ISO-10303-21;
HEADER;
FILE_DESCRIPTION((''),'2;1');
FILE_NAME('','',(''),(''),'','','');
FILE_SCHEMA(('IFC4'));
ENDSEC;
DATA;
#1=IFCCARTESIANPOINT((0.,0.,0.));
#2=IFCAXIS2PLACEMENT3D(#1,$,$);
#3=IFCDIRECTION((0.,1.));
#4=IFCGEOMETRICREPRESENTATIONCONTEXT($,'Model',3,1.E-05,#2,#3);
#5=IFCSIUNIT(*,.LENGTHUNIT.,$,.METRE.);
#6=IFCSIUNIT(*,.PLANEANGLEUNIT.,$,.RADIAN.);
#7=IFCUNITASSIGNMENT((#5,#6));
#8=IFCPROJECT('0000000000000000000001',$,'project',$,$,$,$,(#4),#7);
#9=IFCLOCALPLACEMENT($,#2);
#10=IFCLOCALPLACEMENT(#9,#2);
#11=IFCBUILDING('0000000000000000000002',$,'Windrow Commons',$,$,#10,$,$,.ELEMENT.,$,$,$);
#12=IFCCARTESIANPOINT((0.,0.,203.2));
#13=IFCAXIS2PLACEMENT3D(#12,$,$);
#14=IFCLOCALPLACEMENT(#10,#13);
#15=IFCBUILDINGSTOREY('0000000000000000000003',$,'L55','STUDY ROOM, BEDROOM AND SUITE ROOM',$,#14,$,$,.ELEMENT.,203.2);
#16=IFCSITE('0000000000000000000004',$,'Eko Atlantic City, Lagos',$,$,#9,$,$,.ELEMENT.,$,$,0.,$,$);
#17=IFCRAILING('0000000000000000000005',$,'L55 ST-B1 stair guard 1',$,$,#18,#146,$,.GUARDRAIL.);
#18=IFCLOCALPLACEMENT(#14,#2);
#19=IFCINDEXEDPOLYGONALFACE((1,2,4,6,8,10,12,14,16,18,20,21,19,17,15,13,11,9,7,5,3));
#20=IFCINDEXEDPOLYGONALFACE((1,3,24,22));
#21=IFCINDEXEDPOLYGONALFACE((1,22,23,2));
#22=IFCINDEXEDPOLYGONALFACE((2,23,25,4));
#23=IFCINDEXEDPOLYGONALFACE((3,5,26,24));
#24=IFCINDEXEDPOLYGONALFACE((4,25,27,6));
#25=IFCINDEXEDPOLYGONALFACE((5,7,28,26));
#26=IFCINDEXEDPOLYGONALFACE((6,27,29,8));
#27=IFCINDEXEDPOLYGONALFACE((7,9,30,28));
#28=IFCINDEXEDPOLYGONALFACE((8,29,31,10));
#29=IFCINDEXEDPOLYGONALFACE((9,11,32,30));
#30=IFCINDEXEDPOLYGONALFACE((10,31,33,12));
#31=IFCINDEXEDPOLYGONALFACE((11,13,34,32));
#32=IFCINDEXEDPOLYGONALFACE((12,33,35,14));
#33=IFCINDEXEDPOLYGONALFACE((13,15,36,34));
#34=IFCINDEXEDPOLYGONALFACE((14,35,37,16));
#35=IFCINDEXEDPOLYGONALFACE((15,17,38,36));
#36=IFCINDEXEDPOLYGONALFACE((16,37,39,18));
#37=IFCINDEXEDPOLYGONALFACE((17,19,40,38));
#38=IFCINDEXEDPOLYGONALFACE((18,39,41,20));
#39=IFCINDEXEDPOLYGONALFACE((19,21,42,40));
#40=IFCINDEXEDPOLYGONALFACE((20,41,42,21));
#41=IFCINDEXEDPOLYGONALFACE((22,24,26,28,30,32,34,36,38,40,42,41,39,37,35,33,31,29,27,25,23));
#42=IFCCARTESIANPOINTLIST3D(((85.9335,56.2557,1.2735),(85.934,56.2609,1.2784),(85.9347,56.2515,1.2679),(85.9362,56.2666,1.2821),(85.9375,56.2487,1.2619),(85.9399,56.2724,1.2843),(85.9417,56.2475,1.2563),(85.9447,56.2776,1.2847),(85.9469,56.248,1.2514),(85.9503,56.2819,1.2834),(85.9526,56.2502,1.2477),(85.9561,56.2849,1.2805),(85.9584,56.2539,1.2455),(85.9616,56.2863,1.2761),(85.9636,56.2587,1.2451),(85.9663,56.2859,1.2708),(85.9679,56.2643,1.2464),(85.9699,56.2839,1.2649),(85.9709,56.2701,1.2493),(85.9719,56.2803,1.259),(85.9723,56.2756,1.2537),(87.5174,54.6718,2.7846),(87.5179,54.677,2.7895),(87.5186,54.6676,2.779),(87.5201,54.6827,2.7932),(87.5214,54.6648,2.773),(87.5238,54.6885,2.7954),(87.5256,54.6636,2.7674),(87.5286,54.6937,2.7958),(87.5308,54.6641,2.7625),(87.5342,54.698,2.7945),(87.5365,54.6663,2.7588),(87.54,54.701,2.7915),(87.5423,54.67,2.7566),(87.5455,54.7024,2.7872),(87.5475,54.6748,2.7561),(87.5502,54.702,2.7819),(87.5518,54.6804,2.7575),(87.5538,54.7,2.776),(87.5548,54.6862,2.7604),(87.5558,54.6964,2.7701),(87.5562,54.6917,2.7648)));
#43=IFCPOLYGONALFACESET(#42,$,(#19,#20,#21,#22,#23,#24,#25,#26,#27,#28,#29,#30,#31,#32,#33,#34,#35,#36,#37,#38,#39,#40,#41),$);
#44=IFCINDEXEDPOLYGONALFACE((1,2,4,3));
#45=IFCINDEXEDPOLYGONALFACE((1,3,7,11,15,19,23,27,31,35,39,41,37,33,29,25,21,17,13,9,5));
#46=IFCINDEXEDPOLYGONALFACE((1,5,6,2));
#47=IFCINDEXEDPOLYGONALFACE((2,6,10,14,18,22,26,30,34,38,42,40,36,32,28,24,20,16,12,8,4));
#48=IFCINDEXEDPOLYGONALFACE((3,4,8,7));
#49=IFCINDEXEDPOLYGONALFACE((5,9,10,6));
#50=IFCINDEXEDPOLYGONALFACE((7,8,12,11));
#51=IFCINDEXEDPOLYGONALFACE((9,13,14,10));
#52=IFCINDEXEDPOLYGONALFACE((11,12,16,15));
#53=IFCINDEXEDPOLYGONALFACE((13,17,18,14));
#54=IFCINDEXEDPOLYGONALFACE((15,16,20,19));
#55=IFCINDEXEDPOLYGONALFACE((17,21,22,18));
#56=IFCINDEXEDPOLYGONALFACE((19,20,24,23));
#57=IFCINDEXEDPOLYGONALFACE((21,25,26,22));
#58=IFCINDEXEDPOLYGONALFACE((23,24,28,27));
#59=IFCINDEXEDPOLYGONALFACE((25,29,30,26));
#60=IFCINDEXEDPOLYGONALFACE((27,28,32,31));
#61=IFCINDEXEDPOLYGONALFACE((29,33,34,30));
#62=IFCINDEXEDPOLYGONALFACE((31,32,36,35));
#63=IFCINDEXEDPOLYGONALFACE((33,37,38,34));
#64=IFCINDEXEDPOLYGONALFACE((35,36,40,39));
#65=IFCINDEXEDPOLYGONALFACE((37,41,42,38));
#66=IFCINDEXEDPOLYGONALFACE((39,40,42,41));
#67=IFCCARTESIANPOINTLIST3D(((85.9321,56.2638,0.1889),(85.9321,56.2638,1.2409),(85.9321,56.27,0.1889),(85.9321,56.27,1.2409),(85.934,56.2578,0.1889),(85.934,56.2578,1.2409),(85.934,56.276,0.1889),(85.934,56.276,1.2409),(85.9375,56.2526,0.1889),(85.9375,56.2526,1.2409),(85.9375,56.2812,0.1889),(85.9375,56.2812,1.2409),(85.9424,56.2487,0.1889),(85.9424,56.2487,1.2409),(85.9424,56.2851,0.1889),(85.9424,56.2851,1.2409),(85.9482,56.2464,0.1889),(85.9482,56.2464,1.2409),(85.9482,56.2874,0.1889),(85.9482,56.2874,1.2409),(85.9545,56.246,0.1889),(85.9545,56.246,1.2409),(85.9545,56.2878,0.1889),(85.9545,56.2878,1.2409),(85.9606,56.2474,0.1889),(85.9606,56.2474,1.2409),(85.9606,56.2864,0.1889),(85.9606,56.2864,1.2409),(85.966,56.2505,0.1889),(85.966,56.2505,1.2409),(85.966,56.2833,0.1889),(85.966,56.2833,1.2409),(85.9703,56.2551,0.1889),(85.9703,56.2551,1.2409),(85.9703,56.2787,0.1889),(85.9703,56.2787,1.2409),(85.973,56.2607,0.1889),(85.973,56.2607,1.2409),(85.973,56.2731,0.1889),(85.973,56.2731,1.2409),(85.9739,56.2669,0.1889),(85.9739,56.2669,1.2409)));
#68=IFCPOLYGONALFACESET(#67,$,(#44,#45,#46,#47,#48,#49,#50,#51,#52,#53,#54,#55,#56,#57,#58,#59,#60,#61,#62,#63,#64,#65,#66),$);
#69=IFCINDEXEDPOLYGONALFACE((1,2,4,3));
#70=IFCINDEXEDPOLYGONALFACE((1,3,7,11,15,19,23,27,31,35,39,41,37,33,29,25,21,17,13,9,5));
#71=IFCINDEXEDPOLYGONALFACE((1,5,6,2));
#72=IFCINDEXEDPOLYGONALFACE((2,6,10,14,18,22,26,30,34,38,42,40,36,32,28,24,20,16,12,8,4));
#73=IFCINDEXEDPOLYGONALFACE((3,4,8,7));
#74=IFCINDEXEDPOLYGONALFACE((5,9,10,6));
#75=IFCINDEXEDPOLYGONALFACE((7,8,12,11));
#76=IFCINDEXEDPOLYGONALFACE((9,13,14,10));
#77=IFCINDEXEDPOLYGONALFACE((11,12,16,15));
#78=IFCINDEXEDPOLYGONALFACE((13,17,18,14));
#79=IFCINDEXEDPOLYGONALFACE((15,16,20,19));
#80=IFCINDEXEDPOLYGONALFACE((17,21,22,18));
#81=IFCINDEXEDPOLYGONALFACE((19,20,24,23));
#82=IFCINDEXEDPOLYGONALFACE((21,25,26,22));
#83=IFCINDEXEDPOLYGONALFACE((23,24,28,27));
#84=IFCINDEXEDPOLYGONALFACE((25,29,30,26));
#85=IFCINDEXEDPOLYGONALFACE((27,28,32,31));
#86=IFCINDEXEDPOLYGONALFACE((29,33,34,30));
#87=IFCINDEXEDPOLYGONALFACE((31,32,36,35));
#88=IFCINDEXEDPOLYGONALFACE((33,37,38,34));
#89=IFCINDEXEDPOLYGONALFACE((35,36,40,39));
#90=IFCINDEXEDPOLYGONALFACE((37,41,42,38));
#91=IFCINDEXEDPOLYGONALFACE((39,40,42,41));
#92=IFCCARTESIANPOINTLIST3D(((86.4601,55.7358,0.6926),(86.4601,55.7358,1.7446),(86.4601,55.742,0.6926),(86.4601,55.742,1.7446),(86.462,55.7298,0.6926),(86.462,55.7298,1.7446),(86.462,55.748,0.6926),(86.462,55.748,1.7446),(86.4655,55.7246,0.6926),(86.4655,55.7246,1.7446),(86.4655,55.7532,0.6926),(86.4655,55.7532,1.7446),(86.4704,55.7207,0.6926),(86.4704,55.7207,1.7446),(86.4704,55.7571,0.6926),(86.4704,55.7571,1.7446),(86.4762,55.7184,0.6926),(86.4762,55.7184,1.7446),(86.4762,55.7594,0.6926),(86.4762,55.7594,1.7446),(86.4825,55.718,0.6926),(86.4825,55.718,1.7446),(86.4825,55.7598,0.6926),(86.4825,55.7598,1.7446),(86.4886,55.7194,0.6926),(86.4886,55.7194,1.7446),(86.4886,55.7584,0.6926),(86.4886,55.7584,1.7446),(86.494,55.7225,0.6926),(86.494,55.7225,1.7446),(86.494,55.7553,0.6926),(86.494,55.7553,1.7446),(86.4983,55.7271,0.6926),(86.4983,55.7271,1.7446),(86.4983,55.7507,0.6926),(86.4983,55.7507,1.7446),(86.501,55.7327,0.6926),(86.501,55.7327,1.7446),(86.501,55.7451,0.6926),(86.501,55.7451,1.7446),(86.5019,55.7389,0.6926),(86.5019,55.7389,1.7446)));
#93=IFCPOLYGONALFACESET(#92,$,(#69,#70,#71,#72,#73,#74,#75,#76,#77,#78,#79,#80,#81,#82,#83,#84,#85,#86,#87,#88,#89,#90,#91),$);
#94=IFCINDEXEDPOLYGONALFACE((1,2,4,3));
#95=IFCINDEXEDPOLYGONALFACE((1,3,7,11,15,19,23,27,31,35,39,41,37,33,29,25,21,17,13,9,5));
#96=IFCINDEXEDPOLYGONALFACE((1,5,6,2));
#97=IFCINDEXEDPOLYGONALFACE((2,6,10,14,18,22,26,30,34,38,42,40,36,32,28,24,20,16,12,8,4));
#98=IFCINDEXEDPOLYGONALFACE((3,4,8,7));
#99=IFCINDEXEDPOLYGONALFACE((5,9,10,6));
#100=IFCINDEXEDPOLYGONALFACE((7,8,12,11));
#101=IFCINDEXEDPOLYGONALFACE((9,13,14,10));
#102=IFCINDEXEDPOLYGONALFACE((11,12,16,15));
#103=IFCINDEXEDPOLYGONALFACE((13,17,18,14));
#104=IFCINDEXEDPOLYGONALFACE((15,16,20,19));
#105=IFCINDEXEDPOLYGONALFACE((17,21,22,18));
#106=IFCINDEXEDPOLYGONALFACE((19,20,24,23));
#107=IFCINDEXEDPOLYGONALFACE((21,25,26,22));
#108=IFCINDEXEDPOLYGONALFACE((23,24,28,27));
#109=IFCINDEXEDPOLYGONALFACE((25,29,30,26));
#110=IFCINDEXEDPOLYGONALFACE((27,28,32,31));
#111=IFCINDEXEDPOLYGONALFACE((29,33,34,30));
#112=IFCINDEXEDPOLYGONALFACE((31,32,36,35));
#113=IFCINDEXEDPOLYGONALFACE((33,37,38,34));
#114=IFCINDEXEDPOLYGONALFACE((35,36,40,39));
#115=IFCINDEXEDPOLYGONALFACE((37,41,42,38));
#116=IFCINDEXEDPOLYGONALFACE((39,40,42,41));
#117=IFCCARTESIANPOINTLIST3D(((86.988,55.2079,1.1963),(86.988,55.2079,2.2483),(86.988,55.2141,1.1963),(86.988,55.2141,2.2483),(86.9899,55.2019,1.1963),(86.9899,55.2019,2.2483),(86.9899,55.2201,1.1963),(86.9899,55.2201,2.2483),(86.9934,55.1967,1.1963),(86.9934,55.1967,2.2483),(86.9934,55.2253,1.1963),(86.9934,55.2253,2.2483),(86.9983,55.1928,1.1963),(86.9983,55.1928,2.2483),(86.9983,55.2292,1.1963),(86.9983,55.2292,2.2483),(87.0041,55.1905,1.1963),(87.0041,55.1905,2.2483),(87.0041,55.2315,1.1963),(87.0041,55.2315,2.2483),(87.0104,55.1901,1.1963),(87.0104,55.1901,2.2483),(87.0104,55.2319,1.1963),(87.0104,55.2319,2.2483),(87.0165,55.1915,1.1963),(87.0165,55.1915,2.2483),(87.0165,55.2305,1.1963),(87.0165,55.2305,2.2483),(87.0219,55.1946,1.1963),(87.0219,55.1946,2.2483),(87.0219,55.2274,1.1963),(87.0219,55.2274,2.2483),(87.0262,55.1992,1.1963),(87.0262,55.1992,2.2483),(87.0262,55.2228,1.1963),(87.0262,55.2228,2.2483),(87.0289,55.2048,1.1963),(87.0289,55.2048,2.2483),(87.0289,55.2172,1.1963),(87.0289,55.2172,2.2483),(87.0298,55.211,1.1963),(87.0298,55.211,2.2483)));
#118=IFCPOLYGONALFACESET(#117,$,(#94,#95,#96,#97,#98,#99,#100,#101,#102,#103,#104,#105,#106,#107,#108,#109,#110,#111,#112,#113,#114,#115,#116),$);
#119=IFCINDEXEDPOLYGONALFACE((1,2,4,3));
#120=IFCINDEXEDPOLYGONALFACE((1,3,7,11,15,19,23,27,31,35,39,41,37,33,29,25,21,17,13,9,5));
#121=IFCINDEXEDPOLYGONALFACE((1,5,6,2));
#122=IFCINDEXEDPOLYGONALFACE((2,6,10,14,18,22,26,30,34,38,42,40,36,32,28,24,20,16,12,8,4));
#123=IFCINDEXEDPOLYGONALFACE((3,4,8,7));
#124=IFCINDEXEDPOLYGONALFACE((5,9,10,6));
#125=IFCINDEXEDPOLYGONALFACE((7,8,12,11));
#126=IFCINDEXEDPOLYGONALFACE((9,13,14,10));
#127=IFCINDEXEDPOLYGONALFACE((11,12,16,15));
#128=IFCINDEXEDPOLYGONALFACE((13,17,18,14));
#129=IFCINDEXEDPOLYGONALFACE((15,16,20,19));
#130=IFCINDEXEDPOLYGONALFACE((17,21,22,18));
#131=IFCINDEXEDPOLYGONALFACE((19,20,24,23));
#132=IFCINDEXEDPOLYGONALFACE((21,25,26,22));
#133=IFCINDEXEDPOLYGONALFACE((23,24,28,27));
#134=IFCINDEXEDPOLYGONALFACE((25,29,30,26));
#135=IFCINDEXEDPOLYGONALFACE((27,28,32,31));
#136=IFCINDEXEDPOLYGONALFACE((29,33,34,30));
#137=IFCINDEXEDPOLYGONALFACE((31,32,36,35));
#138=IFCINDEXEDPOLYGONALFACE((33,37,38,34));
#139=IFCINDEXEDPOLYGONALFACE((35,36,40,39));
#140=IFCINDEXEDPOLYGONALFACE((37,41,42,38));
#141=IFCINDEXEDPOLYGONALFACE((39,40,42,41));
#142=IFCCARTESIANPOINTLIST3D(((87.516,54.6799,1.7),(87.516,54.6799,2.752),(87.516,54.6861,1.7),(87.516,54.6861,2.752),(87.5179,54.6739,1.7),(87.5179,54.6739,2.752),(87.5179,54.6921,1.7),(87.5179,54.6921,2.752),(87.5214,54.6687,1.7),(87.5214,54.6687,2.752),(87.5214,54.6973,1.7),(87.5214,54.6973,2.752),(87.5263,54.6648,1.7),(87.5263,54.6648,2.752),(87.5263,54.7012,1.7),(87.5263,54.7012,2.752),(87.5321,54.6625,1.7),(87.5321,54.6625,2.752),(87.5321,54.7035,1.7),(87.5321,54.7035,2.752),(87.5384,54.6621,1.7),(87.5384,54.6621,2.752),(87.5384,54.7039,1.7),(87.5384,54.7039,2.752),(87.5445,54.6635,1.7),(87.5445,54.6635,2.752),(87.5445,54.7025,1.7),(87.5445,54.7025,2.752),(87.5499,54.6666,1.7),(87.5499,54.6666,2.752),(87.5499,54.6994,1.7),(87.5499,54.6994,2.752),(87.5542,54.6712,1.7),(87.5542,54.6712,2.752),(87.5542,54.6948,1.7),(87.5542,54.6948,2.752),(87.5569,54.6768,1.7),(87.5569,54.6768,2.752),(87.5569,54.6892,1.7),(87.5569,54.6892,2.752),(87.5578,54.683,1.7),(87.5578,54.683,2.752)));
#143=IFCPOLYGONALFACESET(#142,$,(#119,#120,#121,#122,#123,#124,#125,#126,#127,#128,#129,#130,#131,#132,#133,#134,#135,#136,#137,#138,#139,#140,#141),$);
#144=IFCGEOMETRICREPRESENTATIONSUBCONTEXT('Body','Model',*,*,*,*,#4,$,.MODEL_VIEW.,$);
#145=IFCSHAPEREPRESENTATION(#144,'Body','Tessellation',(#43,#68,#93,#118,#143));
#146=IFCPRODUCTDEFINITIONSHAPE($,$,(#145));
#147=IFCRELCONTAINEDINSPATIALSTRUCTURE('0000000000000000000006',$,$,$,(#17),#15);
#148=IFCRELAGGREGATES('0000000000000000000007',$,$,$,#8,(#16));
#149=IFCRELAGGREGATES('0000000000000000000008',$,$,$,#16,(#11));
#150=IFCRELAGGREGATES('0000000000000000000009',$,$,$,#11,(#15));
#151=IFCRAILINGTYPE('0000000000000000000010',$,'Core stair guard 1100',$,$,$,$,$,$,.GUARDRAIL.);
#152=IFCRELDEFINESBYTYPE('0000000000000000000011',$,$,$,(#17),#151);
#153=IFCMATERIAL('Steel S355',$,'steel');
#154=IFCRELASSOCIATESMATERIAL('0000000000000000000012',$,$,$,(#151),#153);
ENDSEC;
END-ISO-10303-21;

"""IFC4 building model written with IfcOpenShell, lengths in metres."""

from ifc_helpers import new_model, si_unit, direction, frame, origin, origin_2d, place, context, subcontext, project, spatial, circle, extrude, material, type_object, element, save


model = new_model("IFC4")

# Units and contexts
model_context = context("Model", 3, precision=1e-05, world=origin(), true_north=direction((0.0, 1.0)))
body_context = subcontext(model_context, "Body", "Model", "MODEL_VIEW")
ifc_project = project(units=[si_unit("LENGTHUNIT", "METRE"), si_unit("PLANEANGLEUNIT", "RADIAN")], contexts=[model_context])

# Site, building, storey
site_placement = place(None, origin())
site = spatial("IfcSite", under=ifc_project, at=site_placement, Name="Eko Atlantic City, Lagos", CompositionType="ELEMENT", RefElevation=0.0)
building_placement = place(site_placement, origin())
building = spatial("IfcBuilding", under=site, at=building_placement, Name="Windrow Commons", CompositionType="ELEMENT")
storey_placement = place(building_placement, frame((0.0, 0.0, 203.2)))
storey = spatial("IfcBuildingStorey", under=building, at=storey_placement, Name="L55", Description="STUDY ROOM, BEDROOM AND SUITE ROOM", CompositionType="ELEMENT", Elevation=203.2)

# Railing
ifc_material_1 = material(Name="Steel S355", Category="steel")
railing_type_1 = type_object("IfcRailingType", Name="Core stair guard 1100", PredefinedType="GUARDRAIL", material=ifc_material_1)
railing_1_placement = place(storey_placement, frame((85.9529, 56.2669, 0.1889)))
element("IfcRailing", 1, at=railing_1_placement, inside=storey, type_object=railing_type_1, Name="L55 ST-B1 stair guard 1", PredefinedType="GUARDRAIL", context=body_context, shape_type="SweptSolid", body=[
    extrude(circle(Radius=0.024, at=origin_2d()), frame((0.0, 0.0, 1.076), z_axis=(0.586191, -0.586191, 0.559249), x_axis=(0.707107, 0.707107, 0.0)), (0.0, 0.0, 1.0), 2.702),
    extrude(circle(Radius=0.021, at=origin_2d()), origin(), (0.0, 0.0, 1.0), 1.052),
    extrude(circle(Radius=0.021, at=origin_2d()), frame((0.528, -0.528, 0.5037)), (0.0, 0.0, 1.0), 1.052),
    extrude(circle(Radius=0.021, at=origin_2d()), frame((1.0559, -1.0559, 1.0074)), (0.0, 0.0, 1.0), 1.052),
    extrude(circle(Radius=0.021, at=origin_2d()), frame((1.5839, -1.5839, 1.5111)), (0.0, 0.0, 1.0), 1.052),
])

save(model, "model.ifc")
